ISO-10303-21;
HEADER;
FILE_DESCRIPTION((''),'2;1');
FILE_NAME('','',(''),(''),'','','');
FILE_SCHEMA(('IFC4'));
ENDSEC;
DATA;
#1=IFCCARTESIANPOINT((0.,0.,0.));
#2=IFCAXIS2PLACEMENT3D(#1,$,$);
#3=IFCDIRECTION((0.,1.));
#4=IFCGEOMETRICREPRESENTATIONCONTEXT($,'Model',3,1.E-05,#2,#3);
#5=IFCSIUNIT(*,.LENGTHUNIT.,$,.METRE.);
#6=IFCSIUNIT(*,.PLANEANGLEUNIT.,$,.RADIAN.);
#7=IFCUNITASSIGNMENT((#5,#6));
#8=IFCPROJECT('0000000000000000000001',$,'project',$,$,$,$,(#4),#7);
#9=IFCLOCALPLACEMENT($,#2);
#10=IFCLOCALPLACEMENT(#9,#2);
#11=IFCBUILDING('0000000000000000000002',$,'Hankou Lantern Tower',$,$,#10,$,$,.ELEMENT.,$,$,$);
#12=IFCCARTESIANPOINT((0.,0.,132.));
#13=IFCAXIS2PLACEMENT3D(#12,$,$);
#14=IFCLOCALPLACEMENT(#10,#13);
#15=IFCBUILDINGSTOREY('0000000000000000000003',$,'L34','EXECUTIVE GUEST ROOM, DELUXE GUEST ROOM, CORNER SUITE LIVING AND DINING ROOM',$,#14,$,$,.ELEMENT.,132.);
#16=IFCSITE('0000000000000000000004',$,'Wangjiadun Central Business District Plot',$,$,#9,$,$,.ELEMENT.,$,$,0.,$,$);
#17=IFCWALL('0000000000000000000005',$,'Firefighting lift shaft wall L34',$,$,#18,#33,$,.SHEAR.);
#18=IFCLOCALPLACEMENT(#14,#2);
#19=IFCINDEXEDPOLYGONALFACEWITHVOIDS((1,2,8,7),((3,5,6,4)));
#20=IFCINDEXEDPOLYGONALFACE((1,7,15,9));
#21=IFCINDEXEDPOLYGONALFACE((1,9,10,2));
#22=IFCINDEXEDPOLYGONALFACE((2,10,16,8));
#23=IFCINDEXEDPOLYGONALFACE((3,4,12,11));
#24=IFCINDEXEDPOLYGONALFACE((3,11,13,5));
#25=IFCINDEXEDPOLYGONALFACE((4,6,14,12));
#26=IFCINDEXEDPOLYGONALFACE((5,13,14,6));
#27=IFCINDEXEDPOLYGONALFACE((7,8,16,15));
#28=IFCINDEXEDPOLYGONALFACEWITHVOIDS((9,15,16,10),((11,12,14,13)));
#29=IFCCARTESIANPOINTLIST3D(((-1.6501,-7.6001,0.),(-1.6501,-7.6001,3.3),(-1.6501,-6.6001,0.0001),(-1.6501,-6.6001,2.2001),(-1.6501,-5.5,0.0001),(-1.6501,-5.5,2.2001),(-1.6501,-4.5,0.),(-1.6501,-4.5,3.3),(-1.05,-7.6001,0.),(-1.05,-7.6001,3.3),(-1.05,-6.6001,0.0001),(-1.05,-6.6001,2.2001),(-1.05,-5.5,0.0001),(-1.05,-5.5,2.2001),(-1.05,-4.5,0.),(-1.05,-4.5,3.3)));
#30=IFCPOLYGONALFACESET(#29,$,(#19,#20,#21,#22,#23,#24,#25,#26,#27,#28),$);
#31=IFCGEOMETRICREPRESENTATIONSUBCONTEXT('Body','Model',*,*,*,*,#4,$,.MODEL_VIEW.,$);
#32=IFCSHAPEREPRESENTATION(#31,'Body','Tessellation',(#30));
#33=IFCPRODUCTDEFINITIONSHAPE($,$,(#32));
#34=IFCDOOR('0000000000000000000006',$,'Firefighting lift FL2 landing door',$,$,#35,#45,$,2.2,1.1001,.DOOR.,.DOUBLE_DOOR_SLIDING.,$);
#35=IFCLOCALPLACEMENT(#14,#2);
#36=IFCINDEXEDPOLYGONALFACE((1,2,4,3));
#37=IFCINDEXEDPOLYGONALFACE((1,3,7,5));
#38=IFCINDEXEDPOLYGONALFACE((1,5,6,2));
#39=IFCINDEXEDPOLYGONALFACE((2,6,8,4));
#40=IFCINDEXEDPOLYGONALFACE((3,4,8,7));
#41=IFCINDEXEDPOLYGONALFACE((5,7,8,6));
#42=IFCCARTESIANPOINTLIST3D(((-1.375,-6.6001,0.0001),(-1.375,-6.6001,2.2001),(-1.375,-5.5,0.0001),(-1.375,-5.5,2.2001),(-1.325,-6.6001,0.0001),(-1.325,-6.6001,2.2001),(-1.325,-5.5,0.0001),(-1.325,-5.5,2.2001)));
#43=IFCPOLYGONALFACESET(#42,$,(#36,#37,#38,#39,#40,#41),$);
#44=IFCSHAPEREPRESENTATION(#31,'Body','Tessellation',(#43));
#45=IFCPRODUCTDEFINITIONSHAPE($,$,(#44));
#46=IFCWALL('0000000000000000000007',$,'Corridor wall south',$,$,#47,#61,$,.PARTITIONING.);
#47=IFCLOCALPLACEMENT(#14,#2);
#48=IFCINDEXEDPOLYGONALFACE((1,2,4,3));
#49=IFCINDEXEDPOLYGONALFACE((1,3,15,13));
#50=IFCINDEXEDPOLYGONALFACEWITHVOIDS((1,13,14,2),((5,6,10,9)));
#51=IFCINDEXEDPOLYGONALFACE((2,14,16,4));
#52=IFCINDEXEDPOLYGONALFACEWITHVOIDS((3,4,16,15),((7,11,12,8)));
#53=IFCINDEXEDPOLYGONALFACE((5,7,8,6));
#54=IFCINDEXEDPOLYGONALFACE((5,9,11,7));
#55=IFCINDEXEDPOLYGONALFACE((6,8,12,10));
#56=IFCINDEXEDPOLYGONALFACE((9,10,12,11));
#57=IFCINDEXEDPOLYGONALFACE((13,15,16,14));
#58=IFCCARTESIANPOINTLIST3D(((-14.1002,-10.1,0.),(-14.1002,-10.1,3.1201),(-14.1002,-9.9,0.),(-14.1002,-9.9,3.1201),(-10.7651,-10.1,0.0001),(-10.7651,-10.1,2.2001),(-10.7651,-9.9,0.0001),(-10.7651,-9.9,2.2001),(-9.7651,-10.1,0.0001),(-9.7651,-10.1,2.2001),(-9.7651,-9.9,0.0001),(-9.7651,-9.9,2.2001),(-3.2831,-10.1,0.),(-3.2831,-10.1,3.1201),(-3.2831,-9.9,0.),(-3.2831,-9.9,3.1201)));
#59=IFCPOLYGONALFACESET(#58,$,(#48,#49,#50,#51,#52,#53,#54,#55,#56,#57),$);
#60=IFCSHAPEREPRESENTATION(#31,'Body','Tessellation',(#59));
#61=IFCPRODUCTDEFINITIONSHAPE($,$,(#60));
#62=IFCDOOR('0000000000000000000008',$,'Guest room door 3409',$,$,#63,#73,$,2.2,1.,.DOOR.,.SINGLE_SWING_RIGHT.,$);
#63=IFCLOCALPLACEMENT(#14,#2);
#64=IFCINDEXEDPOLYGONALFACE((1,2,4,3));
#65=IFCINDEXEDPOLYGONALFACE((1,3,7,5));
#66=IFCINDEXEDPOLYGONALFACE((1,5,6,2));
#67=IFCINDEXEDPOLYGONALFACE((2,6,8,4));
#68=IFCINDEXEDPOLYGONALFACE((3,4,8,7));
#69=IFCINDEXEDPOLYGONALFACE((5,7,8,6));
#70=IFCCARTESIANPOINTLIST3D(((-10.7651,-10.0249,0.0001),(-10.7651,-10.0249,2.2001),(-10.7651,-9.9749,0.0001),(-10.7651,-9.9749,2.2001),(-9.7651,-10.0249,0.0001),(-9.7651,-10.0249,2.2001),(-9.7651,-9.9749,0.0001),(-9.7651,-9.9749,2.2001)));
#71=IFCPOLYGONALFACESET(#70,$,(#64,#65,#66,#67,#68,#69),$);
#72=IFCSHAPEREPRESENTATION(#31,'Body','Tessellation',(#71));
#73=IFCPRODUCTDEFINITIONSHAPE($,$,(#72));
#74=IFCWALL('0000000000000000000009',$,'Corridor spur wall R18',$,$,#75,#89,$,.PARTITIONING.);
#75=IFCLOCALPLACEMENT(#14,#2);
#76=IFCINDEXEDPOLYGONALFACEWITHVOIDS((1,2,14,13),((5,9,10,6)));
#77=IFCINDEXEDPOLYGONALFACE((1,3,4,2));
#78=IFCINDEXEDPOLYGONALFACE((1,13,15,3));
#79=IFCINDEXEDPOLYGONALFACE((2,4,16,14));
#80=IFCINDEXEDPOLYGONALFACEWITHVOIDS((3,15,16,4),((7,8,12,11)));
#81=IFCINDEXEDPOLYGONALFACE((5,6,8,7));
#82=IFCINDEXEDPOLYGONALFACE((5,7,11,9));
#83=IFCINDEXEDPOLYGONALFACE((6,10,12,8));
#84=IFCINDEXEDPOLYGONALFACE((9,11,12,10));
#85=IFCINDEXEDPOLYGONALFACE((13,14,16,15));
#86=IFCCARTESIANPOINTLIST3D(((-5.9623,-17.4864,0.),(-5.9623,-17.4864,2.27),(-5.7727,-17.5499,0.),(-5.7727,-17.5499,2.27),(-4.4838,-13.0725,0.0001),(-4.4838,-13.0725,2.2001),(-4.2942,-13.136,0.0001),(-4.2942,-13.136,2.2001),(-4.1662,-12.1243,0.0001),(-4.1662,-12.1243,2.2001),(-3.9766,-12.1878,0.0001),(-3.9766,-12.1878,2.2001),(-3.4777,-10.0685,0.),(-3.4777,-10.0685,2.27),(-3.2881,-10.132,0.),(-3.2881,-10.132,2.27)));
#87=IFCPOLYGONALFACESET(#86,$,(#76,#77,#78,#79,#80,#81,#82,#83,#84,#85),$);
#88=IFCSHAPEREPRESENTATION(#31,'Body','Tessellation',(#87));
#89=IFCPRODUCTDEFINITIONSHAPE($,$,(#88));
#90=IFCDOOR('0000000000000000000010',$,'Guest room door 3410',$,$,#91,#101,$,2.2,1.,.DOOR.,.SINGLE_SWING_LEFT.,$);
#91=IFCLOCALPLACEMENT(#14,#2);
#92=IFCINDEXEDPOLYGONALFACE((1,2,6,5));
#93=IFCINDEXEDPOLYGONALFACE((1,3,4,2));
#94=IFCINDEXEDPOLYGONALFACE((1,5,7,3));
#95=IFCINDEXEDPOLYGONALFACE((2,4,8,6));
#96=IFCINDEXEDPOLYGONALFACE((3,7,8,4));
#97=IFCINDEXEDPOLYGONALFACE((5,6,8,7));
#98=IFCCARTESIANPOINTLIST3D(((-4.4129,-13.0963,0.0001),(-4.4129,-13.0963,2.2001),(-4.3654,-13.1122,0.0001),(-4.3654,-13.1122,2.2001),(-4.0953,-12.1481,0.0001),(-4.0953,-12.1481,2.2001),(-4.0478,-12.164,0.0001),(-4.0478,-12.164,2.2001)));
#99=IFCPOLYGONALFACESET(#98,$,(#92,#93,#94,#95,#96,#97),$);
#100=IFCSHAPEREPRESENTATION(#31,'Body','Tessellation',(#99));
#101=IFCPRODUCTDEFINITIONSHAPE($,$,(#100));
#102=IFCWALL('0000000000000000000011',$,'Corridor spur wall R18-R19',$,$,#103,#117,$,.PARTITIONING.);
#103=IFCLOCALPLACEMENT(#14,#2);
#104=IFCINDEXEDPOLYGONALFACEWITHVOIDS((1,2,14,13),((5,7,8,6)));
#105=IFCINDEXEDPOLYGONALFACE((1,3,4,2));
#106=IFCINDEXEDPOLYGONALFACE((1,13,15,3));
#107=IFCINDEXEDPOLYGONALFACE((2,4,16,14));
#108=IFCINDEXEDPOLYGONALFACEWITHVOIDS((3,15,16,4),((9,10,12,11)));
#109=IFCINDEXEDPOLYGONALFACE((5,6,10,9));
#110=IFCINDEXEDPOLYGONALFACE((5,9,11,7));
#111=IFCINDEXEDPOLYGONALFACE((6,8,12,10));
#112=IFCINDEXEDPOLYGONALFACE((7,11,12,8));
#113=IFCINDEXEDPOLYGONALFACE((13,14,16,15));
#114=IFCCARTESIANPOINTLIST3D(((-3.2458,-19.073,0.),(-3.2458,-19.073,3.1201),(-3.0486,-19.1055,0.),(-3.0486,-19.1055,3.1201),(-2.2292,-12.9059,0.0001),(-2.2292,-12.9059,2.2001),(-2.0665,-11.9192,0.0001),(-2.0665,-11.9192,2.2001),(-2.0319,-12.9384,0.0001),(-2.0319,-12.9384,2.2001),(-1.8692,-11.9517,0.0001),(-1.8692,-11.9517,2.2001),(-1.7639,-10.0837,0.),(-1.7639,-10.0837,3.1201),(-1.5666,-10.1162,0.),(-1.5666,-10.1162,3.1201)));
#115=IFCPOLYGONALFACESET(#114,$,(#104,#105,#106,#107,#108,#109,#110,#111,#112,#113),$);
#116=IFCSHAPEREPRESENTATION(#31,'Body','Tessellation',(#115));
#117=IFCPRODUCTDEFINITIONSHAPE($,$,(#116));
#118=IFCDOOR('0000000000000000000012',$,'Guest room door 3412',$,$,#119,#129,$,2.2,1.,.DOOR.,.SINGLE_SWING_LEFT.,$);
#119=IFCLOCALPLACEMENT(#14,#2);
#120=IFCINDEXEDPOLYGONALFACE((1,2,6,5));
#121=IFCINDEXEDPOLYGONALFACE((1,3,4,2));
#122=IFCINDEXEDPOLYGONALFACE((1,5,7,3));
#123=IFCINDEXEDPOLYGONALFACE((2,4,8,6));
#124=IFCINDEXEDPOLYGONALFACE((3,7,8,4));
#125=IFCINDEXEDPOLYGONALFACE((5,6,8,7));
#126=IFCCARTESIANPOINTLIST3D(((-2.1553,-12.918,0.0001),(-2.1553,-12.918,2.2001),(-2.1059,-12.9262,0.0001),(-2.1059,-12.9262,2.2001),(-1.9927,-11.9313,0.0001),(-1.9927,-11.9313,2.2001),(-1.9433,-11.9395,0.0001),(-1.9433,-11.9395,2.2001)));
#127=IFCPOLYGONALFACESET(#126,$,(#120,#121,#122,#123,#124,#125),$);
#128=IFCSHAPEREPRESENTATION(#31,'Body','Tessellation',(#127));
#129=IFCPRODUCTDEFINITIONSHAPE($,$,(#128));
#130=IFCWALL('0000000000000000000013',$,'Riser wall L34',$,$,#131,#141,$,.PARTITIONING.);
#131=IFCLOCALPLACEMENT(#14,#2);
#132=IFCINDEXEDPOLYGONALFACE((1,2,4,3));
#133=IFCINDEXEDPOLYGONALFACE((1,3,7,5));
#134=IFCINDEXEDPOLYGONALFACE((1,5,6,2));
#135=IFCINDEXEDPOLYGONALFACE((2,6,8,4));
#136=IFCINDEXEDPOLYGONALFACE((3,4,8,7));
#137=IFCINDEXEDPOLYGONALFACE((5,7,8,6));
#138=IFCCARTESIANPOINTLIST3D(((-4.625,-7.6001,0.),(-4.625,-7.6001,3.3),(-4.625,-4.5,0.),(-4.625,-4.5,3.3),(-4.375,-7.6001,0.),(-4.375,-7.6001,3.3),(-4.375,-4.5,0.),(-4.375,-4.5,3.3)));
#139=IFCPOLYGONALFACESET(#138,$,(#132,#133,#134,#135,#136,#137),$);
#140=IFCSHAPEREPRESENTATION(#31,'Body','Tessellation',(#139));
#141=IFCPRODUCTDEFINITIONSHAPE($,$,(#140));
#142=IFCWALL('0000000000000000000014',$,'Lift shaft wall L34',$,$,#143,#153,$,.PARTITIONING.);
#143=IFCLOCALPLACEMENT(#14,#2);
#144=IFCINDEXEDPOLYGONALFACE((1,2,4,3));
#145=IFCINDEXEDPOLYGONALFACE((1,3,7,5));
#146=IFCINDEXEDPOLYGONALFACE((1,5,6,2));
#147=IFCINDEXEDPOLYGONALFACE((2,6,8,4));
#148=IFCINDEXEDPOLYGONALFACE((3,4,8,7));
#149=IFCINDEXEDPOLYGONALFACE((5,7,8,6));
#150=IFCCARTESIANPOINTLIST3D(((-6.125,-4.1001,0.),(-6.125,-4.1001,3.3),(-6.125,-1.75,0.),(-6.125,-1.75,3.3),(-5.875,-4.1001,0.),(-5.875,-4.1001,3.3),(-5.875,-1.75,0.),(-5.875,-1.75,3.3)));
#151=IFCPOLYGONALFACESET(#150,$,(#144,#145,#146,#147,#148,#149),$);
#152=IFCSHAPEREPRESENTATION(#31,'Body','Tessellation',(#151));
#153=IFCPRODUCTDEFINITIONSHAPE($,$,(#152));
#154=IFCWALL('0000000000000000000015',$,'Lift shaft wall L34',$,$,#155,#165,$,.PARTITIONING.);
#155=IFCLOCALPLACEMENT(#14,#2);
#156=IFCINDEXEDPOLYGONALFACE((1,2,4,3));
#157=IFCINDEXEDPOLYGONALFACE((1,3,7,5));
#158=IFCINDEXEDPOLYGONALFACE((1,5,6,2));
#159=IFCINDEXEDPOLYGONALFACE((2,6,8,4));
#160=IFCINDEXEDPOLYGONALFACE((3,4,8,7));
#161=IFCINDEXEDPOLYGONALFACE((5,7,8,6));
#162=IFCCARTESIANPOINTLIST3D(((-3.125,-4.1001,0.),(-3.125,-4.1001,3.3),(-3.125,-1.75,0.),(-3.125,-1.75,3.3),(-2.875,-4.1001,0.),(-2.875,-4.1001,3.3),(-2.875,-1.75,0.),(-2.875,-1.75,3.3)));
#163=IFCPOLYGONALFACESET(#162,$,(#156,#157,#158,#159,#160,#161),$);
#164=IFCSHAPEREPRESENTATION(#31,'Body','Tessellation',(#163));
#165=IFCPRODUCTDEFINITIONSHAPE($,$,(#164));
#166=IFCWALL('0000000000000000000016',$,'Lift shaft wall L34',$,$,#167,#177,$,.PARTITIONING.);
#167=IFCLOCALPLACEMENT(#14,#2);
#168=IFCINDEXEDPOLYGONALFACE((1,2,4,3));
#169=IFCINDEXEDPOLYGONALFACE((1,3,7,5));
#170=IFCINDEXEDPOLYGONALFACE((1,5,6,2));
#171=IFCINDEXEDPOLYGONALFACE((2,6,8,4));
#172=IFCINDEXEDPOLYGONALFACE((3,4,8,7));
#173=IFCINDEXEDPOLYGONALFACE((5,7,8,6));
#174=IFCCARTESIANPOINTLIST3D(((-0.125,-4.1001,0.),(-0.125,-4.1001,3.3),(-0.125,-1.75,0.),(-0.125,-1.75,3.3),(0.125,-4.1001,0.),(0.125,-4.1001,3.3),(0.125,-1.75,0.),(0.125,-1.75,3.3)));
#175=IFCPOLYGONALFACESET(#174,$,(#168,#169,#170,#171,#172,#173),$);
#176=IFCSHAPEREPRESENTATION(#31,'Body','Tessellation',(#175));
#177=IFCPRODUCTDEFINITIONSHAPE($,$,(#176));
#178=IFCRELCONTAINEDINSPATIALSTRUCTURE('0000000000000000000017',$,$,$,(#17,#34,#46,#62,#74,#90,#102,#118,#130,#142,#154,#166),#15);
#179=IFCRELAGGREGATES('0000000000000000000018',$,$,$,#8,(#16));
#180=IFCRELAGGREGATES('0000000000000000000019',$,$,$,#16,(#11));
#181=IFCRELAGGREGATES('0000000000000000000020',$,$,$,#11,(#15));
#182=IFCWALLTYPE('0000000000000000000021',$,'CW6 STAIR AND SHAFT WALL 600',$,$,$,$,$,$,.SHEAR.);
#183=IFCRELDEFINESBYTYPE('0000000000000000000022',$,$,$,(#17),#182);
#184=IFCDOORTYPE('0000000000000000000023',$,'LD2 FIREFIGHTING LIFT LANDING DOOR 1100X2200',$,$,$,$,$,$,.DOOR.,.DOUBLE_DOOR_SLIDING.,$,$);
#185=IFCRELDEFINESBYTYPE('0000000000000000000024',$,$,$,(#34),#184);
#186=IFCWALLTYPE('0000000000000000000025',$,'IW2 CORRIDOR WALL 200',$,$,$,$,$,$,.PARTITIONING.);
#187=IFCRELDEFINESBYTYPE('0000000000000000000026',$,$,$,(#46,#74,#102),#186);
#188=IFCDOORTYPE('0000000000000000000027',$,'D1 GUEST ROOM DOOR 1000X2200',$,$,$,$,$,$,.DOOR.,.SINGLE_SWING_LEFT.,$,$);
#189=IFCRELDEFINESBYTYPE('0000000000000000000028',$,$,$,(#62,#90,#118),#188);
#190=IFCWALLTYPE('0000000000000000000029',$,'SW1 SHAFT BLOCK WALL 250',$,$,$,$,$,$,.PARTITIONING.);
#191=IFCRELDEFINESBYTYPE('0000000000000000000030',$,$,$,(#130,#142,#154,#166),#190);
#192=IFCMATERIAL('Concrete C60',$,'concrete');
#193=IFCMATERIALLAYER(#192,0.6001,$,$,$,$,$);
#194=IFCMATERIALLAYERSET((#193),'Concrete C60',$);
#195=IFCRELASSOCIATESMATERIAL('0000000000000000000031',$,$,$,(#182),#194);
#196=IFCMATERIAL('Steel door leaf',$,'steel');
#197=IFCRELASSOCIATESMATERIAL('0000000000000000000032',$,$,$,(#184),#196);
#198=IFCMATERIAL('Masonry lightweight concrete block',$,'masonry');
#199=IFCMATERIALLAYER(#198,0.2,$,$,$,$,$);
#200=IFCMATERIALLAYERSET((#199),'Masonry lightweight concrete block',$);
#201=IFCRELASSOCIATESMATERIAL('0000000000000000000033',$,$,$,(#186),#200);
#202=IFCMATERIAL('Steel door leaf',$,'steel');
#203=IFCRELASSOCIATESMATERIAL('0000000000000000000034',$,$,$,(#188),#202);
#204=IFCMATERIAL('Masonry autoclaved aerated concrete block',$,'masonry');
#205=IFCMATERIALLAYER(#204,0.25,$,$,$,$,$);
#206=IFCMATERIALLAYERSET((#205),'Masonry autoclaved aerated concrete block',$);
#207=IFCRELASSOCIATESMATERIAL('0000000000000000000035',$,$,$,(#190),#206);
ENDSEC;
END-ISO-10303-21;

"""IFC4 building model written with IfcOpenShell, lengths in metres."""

from ifc_helpers import new_model, si_unit, direction, frame, frame_2d, origin, place, context, subcontext, project, spatial, rectangle, extrude, material, layer, layer_set, type_object, element, fill, save


model = new_model("IFC4")

# Units and contexts
model_context = context("Model", 3, precision=1e-05, world=origin(), true_north=direction((0.0, 1.0)))
body_context = subcontext(model_context, "Body", "Model", "MODEL_VIEW")
ifc_project = project(units=[si_unit("LENGTHUNIT", "METRE"), si_unit("PLANEANGLEUNIT", "RADIAN")], contexts=[model_context])

# Site, building, storey
site_placement = place(None, origin())
site = spatial("IfcSite", under=ifc_project, at=site_placement, Name="Wangjiadun Central Business District Plot", CompositionType="ELEMENT", RefElevation=0.0)
building_placement = place(site_placement, origin())
building = spatial("IfcBuilding", under=site, at=building_placement, Name="Hankou Lantern Tower", CompositionType="ELEMENT")
storey_placement = place(building_placement, frame((0.0, 0.0, 132.0)))
storey = spatial("IfcBuildingStorey", under=building, at=storey_placement, Name="L34", Description="EXECUTIVE GUEST ROOM, DELUXE GUEST ROOM, CORNER SUITE LIVING AND DINING ROOM", CompositionType="ELEMENT", Elevation=132.0)

# Walls, openings, doors
ifc_material_1 = material(Name="Concrete C60", Category="concrete")
ifc_layer_1 = layer(ifc_material_1, 0.6001)
ifc_layer_set_1 = layer_set([ifc_layer_1], Name="Concrete C60")
wall_type_1 = type_object("IfcWallType", Name="CW6 STAIR AND SHAFT WALL 600", PredefinedType="SHEAR", material=ifc_layer_set_1)
wall_1_placement = place(storey_placement, frame((-1.3501, -7.6001, 0.0), z_axis=(0.0, 0.0, 1.0), x_axis=(0.0, 1.0, 0.0)))
wall_1 = element("IfcWall", 1, at=wall_1_placement, inside=storey, type_object=wall_type_1, Name="Firefighting lift shaft wall L34", PredefinedType="SHEAR", context=body_context, shape_type="SweptSolid", body=[
    extrude(rectangle(XDim=3.1001, YDim=0.6001, at=frame_2d((1.55, 0.0))), origin(), (0.0, 0.0, 1.0), 3.3),
])
opening_1_placement = place(wall_1_placement, frame((1.0, 0.0, 0.0)))
opening_1 = element("IfcOpeningElement", 2, at=opening_1_placement, cuts=wall_1, PredefinedType="OPENING", context=body_context, shape_type="SweptSolid", body=[
    extrude(rectangle(XDim=1.1001, YDim=2.2, at=frame_2d((0.55, 1.1001))), frame((0.0, 0.3101, 0.0), z_axis=(0.0, -1.0, 0.0), x_axis=(1.0, 0.0, 0.0)), (0.0, 0.0, 1.0), 0.6201),
])
ifc_material_2 = material(Name="Steel door leaf", Category="steel")
door_type_1 = type_object("IfcDoorType", Name="LD2 FIREFIGHTING LIFT LANDING DOOR 1100X2200", OperationType="DOUBLE_DOOR_SLIDING", PredefinedType="DOOR", material=ifc_material_2)
door_1_placement = place(opening_1_placement, origin())
door_1 = element("IfcDoor", 3, at=door_1_placement, inside=storey, type_object=door_type_1, Name="Firefighting lift FL2 landing door", OperationType="DOUBLE_DOOR_SLIDING", OverallHeight=2.2, OverallWidth=1.1001, PredefinedType="DOOR", context=body_context, shape_type="SweptSolid", body=[
    extrude(rectangle(XDim=1.1001, YDim=2.2, at=frame_2d((0.55, 1.1001))), frame((0.0, 0.0249, 0.0), z_axis=(0.0, -1.0, 0.0), x_axis=(1.0, 0.0, 0.0)), (0.0, 0.0, 1.0), 0.05),
])
fill(opening_1, door_1)
ifc_material_3 = material(Name="Masonry lightweight concrete block", Category="masonry")
ifc_layer_2 = layer(ifc_material_3, 0.2)
ifc_layer_set_2 = layer_set([ifc_layer_2], Name="Masonry lightweight concrete block")
wall_type_2 = type_object("IfcWallType", Name="IW2 CORRIDOR WALL 200", PredefinedType="PARTITIONING", material=ifc_layer_set_2)
wall_2_placement = place(storey_placement, frame((-3.283, -10.0, 0.0), z_axis=(0.0, 0.0, 1.0), x_axis=(-1.0, 0.0, 0.0)))
wall_2 = element("IfcWall", 4, at=wall_2_placement, inside=storey, type_object=wall_type_2, Name="Corridor wall south", PredefinedType="PARTITIONING", context=body_context, shape_type="SweptSolid", body=[
    extrude(rectangle(XDim=10.8171, YDim=0.2, at=frame_2d((5.4087, 0.0))), origin(), (0.0, 0.0, 1.0), 3.1201),
])
opening_2_placement = place(wall_2_placement, frame((6.4822, 0.0, 0.0)))
opening_2 = element("IfcOpeningElement", 5, at=opening_2_placement, cuts=wall_2, PredefinedType="OPENING", context=body_context, shape_type="SweptSolid", body=[
    extrude(rectangle(XDim=1.0, YDim=2.2, at=frame_2d((0.5, 1.1001))), frame((0.0, 0.1099, 0.0), z_axis=(0.0, -1.0, 0.0), x_axis=(1.0, 0.0, 0.0)), (0.0, 0.0, 1.0), 0.22),
])
ifc_material_4 = material(Name="Steel door leaf", Category="steel")
door_type_2 = type_object("IfcDoorType", Name="D1 GUEST ROOM DOOR 1000X2200", OperationType="SINGLE_SWING_LEFT", PredefinedType="DOOR", material=ifc_material_4)
door_2_placement = place(opening_2_placement, origin())
door_2 = element("IfcDoor", 6, at=door_2_placement, inside=storey, type_object=door_type_2, Name="Guest room door 3409", OperationType="SINGLE_SWING_RIGHT", OverallHeight=2.2, OverallWidth=1.0, PredefinedType="DOOR", context=body_context, shape_type="SweptSolid", body=[
    extrude(rectangle(XDim=1.0, YDim=2.2, at=frame_2d((0.5, 1.1001))), frame((0.0, 0.0249, 0.0), z_axis=(0.0, -1.0, 0.0), x_axis=(1.0, 0.0, 0.0)), (0.0, 0.0, 1.0), 0.05),
])
fill(opening_2, door_2)
wall_3_placement = place(storey_placement, frame((-3.3828, -10.1001, 0.0), z_axis=(0.0, 0.0, 1.0), x_axis=(-0.317604, -0.948224, 0.0)))
wall_3 = element("IfcWall", 7, at=wall_3_placement, inside=storey, type_object=wall_type_2, Name="Corridor spur wall R18", PredefinedType="PARTITIONING", context=body_context, shape_type="SweptSolid", body=[
    extrude(rectangle(XDim=7.823, YDim=0.2, at=frame_2d((3.9116, 0.0))), origin(), (0.0, 0.0, 1.0), 2.27),
])
opening_3_placement = place(wall_3_placement, frame((2.1682, 0.0, 0.0)))
opening_3 = element("IfcOpeningElement", 8, at=opening_3_placement, cuts=wall_3, PredefinedType="OPENING", context=body_context, shape_type="SweptSolid", body=[
    extrude(rectangle(XDim=1.0, YDim=2.2, at=frame_2d((0.5, 1.1001))), frame((0.0, 0.1099, 0.0), z_axis=(0.0, -1.0, 0.0), x_axis=(1.0, 0.0, 0.0)), (0.0, 0.0, 1.0), 0.22),
])
door_3_placement = place(opening_3_placement, origin())
door_3 = element("IfcDoor", 9, at=door_3_placement, inside=storey, type_object=door_type_2, Name="Guest room door 3410", OperationType="SINGLE_SWING_LEFT", OverallHeight=2.2, OverallWidth=1.0, PredefinedType="DOOR", context=body_context, shape_type="SweptSolid", body=[
    extrude(rectangle(XDim=1.0, YDim=2.2, at=frame_2d((0.5, 1.1001))), frame((0.0, 0.0249, 0.0), z_axis=(0.0, -1.0, 0.0), x_axis=(1.0, 0.0, 0.0)), (0.0, 0.0, 1.0), 0.05),
])
fill(opening_3, door_3)
wall_4_placement = place(storey_placement, frame((-1.6653, -10.1001, 0.0), z_axis=(0.0, 0.0, 1.0), x_axis=(-0.162661, -0.986682, 0.0)))
wall_4 = element("IfcWall", 10, at=wall_4_placement, inside=storey, type_object=wall_type_2, Name="Corridor spur wall R18-R19", PredefinedType="PARTITIONING", context=body_context, shape_type="SweptSolid", body=[
    extrude(rectangle(XDim=9.1106, YDim=0.2, at=frame_2d((4.5552, 0.0))), origin(), (0.0, 0.0, 1.0), 3.1201),
])
opening_4_placement = place(wall_4_placement, frame((1.8601, 0.0, 0.0)))
opening_4 = element("IfcOpeningElement", 11, at=opening_4_placement, cuts=wall_4, PredefinedType="OPENING", context=body_context, shape_type="SweptSolid", body=[
    extrude(rectangle(XDim=1.0, YDim=2.2, at=frame_2d((0.5, 1.1001))), frame((0.0, 0.1099, 0.0), z_axis=(0.0, -1.0, 0.0), x_axis=(1.0, 0.0, 0.0)), (0.0, 0.0, 1.0), 0.22),
])
door_4_placement = place(opening_4_placement, origin())
door_4 = element("IfcDoor", 12, at=door_4_placement, inside=storey, type_object=door_type_2, Name="Guest room door 3412", OperationType="SINGLE_SWING_LEFT", OverallHeight=2.2, OverallWidth=1.0, PredefinedType="DOOR", context=body_context, shape_type="SweptSolid", body=[
    extrude(rectangle(XDim=1.0, YDim=2.2, at=frame_2d((0.5, 1.1001))), frame((0.0, 0.0249, 0.0), z_axis=(0.0, -1.0, 0.0), x_axis=(1.0, 0.0, 0.0)), (0.0, 0.0, 1.0), 0.05),
])
fill(opening_4, door_4)

# Walls
ifc_material_5 = material(Name="Masonry autoclaved aerated concrete block", Category="masonry")
ifc_layer_3 = layer(ifc_material_5, 0.25)
ifc_layer_set_3 = layer_set([ifc_layer_3], Name="Masonry autoclaved aerated concrete block")
wall_type_3 = type_object("IfcWallType", Name="SW1 SHAFT BLOCK WALL 250", PredefinedType="PARTITIONING", material=ifc_layer_set_3)
wall_5_placement = place(storey_placement, frame((-4.5, -7.6001, 0.0), z_axis=(0.0, 0.0, 1.0), x_axis=(0.0, 1.0, 0.0)))
element("IfcWall", 13, at=wall_5_placement, inside=storey, type_object=wall_type_3, Name="Riser wall L34", PredefinedType="PARTITIONING", context=body_context, shape_type="SweptSolid", body=[
    extrude(rectangle(XDim=3.1001, YDim=0.25, at=frame_2d((1.55, 0.0))), origin(), (0.0, 0.0, 1.0), 3.3),
])
for number, where, z_axis, x_axis, name in (
    (14, (-6.0, -4.1001, 0.0), (0.0, 0.0, 1.0), (0.0, 1.0, 0.0), "Lift shaft wall L34"),
    (15, (-3.0, -4.1001, 0.0), (0.0, 0.0, 1.0), (0.0, 1.0, 0.0), "Lift shaft wall L34"),
    (16, (0.0, -4.1001, 0.0), (0.0, 0.0, 1.0), (0.0, 1.0, 0.0), "Lift shaft wall L34"),
):
    element("IfcWall", number, at=place(storey_placement, frame(where, z_axis=z_axis, x_axis=x_axis)), inside=storey, type_object=wall_type_3, Name=name, PredefinedType="PARTITIONING", context=body_context, shape_type="SweptSolid", body=[
        extrude(rectangle(XDim=2.3501, YDim=0.25, at=frame_2d((1.175, 0.0))), origin(), (0.0, 0.0, 1.0), 3.3),
    ])

save(model, "model.ifc")
